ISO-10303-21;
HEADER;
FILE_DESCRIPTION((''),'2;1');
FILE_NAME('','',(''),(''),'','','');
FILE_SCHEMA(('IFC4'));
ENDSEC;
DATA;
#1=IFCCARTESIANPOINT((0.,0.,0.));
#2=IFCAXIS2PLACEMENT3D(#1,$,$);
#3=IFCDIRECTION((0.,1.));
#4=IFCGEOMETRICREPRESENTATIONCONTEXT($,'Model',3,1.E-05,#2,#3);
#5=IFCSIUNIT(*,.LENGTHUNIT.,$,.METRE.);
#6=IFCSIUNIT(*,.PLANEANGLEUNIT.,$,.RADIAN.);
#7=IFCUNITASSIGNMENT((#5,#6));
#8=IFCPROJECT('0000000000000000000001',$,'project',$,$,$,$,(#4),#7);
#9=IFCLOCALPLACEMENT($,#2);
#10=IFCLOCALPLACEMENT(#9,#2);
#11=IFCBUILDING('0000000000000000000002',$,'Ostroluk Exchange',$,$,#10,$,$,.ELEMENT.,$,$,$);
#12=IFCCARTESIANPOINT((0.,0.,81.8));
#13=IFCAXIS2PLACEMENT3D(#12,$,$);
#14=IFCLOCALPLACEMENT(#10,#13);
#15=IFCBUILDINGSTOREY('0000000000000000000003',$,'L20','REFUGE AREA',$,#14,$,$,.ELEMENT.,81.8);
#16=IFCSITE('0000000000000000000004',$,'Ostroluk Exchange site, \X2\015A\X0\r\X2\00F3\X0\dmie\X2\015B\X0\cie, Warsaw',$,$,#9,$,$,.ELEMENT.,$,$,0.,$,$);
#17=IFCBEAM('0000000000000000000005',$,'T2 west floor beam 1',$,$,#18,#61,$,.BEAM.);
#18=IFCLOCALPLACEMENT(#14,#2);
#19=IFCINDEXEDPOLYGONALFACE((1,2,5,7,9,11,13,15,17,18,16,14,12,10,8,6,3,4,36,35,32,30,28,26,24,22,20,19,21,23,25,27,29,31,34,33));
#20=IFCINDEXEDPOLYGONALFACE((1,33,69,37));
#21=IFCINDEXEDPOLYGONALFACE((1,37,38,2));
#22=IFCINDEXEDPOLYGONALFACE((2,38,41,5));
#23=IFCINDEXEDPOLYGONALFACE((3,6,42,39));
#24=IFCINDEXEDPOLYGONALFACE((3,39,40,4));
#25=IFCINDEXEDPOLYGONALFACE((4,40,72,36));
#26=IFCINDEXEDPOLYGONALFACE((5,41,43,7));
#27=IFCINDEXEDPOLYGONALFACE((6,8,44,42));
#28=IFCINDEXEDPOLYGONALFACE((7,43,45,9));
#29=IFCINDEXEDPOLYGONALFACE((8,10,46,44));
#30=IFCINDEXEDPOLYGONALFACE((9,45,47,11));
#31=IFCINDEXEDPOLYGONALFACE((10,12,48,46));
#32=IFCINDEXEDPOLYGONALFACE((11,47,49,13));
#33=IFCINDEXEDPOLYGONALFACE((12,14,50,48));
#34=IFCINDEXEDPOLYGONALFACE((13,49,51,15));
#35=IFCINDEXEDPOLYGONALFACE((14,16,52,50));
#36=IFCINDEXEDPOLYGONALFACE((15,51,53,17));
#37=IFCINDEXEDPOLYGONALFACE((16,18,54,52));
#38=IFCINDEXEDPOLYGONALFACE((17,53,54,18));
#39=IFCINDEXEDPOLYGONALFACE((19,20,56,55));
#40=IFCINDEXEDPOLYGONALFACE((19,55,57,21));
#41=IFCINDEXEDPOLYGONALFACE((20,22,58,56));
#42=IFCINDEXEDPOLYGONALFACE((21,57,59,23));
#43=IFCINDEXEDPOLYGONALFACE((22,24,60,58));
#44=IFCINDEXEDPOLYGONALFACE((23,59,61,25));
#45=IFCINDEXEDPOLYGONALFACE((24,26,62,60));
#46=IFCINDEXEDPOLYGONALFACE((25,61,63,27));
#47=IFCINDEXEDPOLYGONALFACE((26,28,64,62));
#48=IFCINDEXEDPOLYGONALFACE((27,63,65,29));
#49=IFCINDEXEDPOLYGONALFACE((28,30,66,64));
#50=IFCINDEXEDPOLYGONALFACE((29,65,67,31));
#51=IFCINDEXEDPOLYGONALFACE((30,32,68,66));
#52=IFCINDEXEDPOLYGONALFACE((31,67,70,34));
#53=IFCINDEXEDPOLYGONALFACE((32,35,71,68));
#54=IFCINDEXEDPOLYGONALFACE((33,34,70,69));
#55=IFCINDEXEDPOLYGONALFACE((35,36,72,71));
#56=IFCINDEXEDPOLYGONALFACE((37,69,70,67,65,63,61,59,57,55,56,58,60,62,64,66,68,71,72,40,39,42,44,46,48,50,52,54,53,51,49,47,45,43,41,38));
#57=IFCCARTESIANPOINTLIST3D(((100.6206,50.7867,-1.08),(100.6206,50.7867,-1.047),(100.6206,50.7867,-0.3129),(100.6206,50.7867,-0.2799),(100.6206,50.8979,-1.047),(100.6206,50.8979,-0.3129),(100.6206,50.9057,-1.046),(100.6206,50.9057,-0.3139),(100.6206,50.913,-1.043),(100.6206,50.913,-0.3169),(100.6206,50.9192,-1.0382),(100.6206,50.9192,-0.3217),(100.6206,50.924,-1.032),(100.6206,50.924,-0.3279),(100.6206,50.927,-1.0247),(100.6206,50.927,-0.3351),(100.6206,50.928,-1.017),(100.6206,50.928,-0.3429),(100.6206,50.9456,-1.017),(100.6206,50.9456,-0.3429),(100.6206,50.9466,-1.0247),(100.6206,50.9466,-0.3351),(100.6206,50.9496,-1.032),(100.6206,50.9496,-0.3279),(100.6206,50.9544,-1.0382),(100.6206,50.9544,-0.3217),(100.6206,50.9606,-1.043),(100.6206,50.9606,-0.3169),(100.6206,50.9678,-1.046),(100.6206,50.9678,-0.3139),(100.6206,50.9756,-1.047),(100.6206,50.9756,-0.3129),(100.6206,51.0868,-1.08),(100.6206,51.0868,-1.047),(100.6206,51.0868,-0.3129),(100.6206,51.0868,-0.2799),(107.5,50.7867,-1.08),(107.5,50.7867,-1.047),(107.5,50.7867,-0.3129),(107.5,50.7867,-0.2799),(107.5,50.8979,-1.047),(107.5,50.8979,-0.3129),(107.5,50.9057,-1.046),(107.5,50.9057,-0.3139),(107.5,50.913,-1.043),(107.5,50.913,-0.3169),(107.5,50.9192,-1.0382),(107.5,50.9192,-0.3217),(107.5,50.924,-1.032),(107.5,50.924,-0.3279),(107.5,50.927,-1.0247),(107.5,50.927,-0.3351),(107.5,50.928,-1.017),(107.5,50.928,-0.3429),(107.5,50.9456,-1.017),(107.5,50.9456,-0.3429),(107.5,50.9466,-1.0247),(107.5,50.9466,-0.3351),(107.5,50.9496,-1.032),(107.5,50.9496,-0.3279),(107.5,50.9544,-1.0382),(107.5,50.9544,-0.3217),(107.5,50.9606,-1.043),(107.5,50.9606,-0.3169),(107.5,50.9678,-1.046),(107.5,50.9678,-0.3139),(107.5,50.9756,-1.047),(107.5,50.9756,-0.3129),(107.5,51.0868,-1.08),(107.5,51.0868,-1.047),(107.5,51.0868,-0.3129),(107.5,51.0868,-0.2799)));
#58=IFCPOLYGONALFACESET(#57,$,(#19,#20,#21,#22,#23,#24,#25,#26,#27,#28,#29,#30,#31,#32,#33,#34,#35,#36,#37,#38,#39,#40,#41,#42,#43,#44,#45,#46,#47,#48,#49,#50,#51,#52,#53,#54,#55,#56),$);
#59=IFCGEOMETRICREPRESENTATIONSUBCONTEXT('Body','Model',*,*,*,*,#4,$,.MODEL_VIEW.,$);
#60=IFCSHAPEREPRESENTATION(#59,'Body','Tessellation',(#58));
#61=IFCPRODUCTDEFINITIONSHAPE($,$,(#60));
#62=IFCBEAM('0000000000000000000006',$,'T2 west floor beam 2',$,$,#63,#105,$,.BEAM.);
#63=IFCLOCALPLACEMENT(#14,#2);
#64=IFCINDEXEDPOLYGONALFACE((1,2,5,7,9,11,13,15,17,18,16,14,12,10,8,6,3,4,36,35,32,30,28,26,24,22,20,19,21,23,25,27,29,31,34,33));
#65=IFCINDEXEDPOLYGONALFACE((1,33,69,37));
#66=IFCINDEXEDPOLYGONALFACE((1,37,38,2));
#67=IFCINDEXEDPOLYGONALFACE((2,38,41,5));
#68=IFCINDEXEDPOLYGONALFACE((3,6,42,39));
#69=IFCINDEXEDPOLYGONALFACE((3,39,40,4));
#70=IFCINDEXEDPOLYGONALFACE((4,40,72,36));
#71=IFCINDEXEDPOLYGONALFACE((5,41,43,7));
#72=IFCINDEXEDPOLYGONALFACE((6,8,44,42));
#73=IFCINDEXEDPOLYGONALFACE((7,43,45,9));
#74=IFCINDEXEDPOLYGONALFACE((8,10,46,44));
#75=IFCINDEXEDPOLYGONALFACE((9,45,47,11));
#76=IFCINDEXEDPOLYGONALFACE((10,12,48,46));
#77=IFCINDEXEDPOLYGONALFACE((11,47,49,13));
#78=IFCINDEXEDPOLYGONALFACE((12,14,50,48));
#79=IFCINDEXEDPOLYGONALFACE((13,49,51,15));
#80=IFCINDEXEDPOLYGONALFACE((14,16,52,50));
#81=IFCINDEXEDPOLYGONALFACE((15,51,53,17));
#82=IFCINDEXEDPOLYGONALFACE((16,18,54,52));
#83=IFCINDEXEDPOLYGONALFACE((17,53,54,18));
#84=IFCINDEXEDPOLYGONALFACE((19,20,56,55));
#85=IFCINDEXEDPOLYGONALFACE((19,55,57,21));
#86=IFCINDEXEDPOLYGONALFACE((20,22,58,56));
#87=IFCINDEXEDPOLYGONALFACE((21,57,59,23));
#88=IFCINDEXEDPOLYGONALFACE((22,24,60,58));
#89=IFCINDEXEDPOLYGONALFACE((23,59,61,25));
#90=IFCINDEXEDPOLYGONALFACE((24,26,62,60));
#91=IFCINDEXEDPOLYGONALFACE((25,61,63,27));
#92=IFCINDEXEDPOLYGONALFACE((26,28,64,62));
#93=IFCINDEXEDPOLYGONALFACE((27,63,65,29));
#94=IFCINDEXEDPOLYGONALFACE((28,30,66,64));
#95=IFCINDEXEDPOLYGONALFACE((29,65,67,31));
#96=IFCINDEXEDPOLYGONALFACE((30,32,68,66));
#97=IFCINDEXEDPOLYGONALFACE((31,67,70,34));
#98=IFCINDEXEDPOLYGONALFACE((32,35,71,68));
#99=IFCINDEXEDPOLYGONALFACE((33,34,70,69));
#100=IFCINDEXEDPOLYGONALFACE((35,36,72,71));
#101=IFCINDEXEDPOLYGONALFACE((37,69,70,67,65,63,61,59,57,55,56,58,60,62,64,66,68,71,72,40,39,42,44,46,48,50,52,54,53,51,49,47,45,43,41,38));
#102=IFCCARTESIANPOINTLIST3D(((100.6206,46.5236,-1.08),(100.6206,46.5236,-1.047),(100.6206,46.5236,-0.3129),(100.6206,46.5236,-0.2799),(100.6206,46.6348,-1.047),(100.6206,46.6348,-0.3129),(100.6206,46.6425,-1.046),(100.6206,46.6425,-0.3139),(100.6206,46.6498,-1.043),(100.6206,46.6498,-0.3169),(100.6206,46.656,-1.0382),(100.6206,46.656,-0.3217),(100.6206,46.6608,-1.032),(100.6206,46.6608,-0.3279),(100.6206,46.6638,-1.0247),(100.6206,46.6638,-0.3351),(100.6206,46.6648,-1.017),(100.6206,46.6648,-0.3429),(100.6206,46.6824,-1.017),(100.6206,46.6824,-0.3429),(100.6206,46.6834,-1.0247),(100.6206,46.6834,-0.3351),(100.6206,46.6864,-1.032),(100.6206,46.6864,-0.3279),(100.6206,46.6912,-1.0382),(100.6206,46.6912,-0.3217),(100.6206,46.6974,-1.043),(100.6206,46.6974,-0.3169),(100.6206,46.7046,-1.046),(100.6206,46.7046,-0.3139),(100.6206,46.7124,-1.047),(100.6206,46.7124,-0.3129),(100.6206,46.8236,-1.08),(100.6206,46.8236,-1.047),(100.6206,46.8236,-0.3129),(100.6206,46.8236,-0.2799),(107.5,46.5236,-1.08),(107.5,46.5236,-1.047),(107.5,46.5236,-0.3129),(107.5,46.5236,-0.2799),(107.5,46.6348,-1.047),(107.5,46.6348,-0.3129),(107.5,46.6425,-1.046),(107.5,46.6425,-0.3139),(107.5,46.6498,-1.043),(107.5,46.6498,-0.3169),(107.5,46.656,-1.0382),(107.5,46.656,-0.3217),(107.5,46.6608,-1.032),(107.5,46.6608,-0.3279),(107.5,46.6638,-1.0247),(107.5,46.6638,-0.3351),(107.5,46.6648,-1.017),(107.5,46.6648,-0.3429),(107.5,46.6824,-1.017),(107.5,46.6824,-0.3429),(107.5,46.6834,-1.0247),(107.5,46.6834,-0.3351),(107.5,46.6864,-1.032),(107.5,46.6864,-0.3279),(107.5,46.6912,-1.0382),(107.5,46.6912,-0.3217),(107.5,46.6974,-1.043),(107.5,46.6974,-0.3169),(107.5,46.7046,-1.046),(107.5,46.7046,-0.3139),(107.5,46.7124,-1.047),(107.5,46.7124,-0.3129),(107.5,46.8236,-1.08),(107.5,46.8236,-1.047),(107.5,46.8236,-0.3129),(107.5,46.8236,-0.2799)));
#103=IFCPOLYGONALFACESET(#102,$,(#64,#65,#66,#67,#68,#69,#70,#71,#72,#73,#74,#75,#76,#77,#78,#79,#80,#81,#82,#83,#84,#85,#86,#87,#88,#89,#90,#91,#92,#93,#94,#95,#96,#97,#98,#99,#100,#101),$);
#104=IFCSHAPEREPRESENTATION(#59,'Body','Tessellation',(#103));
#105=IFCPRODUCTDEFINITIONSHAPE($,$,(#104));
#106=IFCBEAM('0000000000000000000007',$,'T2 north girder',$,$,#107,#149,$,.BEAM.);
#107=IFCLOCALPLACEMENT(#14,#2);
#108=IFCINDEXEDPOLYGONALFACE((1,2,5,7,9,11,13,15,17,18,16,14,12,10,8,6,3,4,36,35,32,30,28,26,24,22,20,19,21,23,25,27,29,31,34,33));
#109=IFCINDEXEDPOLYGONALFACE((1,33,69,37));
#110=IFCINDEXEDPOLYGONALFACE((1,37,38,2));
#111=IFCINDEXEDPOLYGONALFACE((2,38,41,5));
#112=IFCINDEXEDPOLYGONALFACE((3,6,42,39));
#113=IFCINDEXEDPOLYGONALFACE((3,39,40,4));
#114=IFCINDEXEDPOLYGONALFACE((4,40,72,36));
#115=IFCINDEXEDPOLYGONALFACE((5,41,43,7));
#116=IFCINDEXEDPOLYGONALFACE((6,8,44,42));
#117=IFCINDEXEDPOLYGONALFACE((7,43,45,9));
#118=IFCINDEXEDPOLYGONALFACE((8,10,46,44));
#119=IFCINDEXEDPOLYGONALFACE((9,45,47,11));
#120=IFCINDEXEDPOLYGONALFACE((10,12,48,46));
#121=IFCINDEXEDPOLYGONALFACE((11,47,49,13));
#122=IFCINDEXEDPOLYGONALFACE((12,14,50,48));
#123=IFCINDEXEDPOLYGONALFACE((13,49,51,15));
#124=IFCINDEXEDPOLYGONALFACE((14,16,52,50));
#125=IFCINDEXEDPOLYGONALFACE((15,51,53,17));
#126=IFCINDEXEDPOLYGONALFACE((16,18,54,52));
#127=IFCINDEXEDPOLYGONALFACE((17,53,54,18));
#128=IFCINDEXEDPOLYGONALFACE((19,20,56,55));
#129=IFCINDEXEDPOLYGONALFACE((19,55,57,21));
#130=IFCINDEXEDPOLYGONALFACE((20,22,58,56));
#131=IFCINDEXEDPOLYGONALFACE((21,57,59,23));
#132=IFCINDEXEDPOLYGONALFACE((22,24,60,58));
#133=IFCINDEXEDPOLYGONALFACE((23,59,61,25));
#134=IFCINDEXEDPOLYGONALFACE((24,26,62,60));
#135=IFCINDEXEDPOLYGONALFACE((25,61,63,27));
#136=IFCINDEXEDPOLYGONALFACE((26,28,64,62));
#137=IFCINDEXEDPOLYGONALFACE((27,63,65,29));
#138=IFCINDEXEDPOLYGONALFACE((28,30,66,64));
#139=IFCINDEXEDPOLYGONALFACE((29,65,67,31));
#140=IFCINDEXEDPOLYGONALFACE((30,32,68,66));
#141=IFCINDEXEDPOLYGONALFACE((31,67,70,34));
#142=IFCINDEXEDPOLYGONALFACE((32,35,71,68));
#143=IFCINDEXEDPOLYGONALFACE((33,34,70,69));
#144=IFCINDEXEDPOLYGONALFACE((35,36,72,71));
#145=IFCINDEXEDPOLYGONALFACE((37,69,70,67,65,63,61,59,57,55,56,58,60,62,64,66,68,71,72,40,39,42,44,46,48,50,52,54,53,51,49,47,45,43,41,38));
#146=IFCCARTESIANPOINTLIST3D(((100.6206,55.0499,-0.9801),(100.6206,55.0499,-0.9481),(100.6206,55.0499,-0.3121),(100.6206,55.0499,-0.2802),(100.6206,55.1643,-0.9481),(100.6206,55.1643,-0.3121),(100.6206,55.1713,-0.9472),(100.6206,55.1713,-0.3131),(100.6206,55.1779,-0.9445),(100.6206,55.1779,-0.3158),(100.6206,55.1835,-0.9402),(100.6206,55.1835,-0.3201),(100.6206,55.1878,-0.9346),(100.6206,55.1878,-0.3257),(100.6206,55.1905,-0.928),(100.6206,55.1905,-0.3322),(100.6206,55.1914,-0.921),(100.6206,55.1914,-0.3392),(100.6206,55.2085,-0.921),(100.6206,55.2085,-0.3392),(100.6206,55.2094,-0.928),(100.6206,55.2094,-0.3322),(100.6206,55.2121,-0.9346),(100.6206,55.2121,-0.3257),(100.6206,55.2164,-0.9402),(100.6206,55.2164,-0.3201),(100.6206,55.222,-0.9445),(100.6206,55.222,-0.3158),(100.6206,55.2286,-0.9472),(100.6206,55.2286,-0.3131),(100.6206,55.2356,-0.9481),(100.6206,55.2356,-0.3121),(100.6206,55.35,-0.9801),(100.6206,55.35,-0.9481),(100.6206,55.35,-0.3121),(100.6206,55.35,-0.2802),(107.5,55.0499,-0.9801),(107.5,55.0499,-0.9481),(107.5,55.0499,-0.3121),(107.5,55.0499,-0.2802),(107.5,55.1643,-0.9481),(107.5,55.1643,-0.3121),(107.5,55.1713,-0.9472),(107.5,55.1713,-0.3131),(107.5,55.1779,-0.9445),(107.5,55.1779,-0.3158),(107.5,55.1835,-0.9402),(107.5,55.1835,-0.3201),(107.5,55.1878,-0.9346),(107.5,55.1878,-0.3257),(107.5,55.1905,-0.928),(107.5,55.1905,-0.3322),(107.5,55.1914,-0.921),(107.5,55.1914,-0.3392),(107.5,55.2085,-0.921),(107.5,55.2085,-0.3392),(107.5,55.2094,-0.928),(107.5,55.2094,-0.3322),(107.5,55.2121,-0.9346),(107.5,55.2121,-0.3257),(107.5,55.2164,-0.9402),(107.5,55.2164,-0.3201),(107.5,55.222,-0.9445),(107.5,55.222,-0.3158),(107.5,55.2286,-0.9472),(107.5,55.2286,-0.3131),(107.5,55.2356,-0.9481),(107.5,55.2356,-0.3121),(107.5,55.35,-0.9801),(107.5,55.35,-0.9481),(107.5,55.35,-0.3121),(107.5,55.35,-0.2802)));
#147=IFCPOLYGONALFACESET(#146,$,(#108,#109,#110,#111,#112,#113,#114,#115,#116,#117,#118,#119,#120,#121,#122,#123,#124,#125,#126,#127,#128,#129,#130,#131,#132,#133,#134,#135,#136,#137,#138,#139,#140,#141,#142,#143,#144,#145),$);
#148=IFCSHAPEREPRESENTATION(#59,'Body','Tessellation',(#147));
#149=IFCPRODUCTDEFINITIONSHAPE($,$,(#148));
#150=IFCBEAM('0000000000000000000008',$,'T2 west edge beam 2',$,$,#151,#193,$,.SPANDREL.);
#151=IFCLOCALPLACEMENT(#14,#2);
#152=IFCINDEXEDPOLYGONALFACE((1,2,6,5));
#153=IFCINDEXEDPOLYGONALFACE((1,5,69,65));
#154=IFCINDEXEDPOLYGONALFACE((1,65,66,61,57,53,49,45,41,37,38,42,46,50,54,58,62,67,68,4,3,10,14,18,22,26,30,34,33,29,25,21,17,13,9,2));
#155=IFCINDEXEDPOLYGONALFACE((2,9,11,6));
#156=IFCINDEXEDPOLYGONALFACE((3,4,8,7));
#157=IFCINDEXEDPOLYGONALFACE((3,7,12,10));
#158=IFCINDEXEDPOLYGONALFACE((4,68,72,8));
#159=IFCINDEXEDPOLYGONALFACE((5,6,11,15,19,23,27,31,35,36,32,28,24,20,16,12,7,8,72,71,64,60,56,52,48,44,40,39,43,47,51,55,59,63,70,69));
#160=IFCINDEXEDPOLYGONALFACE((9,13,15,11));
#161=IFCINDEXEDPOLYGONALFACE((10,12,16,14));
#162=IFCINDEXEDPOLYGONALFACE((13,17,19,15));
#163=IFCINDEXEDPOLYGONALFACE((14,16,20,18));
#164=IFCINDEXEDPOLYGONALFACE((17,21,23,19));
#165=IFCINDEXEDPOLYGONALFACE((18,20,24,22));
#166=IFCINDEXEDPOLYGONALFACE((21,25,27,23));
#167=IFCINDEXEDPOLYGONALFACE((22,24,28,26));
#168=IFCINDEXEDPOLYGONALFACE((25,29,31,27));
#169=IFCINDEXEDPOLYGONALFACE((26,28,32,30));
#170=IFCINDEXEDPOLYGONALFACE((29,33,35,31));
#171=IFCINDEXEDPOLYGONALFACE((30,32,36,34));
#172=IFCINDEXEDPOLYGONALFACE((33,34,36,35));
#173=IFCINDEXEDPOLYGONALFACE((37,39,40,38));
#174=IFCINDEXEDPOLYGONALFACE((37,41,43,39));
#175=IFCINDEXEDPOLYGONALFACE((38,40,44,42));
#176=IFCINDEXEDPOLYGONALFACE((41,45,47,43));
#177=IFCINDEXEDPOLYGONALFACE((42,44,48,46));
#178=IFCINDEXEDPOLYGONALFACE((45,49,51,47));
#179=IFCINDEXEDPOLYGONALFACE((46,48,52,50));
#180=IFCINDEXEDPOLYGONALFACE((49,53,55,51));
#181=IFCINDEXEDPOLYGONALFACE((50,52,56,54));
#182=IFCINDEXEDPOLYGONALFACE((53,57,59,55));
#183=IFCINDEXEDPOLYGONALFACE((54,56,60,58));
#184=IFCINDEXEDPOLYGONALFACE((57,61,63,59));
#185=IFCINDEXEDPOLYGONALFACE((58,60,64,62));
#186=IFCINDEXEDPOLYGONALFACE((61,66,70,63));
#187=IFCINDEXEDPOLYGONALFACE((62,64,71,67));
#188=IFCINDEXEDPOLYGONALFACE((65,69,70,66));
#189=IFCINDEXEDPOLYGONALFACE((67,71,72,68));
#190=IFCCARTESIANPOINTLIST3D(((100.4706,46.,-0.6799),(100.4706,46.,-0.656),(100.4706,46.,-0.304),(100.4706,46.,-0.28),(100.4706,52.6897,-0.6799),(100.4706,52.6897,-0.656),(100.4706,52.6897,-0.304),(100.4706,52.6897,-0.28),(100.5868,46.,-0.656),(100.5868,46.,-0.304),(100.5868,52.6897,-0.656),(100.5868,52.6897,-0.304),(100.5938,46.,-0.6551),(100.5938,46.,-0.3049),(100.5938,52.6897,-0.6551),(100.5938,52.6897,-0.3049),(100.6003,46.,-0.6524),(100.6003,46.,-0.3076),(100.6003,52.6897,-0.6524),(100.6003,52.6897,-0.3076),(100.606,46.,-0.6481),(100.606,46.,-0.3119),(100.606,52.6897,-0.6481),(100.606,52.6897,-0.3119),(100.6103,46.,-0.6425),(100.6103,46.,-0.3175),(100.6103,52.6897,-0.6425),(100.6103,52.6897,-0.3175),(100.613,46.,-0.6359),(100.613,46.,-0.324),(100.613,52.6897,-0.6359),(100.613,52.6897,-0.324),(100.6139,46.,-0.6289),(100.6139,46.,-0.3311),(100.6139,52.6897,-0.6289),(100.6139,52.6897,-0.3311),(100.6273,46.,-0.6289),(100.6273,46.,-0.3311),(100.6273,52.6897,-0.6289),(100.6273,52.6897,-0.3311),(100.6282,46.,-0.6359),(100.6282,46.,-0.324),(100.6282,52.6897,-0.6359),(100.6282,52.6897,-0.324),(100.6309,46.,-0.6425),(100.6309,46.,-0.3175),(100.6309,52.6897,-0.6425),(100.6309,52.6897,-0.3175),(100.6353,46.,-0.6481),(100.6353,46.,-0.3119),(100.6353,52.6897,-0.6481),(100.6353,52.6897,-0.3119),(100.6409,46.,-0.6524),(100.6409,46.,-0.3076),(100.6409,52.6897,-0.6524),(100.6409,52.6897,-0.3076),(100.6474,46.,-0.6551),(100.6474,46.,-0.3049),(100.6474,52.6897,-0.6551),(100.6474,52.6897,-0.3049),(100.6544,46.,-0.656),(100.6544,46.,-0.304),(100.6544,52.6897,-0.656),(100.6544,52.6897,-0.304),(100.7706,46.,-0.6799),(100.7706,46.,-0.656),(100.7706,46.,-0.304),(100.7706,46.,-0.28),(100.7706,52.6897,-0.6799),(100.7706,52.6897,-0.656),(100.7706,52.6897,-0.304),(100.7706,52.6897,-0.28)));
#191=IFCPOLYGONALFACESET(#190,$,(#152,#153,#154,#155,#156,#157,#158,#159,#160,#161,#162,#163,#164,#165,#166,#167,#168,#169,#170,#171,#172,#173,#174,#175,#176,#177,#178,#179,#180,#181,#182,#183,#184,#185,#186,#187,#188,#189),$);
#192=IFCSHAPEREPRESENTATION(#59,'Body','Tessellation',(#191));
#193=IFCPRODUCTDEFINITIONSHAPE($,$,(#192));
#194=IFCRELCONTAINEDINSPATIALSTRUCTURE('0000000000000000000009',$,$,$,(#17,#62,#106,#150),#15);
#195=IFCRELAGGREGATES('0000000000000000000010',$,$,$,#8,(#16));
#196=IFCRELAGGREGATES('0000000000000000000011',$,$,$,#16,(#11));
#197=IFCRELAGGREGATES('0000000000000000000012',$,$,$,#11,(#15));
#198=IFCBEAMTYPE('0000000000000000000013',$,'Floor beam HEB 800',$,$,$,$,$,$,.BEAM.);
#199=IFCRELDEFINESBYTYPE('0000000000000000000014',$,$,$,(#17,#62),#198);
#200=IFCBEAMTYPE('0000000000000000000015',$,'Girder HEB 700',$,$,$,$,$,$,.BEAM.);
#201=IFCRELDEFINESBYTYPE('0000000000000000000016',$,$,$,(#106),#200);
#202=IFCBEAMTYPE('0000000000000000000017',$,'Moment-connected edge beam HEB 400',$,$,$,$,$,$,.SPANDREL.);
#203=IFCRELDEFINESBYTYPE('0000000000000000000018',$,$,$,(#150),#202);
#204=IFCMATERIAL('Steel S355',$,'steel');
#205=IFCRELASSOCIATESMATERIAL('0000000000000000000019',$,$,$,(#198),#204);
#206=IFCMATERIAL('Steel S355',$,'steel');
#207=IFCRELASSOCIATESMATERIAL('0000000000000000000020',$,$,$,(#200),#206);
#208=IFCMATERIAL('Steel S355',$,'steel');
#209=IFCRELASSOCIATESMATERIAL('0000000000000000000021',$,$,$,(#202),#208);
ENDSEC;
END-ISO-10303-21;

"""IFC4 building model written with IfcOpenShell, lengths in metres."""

from ifc_helpers import new_model, si_unit, direction, frame, origin, origin_2d, place, context, subcontext, project, spatial, i_section, extrude, material, material_profile, profile_set, type_object, element, save


model = new_model("IFC4")

# Units and contexts
model_context = context("Model", 3, precision=1e-05, world=origin(), true_north=direction((0.0, 1.0)))
body_context = subcontext(model_context, "Body", "Model", "MODEL_VIEW")
ifc_project = project(units=[si_unit("LENGTHUNIT", "METRE"), si_unit("PLANEANGLEUNIT", "RADIAN")], contexts=[model_context])

# Site, building, storey
site_placement = place(None, origin())
site = spatial("IfcSite", under=ifc_project, at=site_placement, Name="Ostroluk Exchange site, Śródmieście, Warsaw", CompositionType="ELEMENT", RefElevation=0.0)
building_placement = place(site_placement, origin())
building = spatial("IfcBuilding", under=site, at=building_placement, Name="Ostroluk Exchange", CompositionType="ELEMENT")
storey_placement = place(building_placement, frame((0.0, 0.0, 81.8)))
storey = spatial("IfcBuildingStorey", under=building, at=storey_placement, Name="L20", Description="REFUGE AREA", CompositionType="ELEMENT", Elevation=81.8)

# Beams
ifc_material_1 = material(Name="Steel S355", Category="steel")
ifc_material_profile_1 = material_profile(ifc_material_1, i_section(OverallWidth=0.3, OverallDepth=0.8, WebThickness=0.0176, FlangeThickness=0.033, FilletRadius=0.03, at=origin_2d()), Name="HEB 800")
ifc_profile_set_1 = profile_set([ifc_material_profile_1], Name="Steel S355")
beam_type_1 = type_object("IfcBeamType", Name="Floor beam HEB 800", PredefinedType="BEAM", material=ifc_profile_set_1)
for number, where, z_axis, x_axis, name in (
    (1, (107.5, 50.9368, -0.6799), (-1.0, 0.0, 0.0), (0.0, -1.0, 0.0), "T2 west floor beam 1"),
    (2, (107.5, 46.6736, -0.6799), (-1.0, 0.0, 0.0), (0.0, -1.0, 0.0), "T2 west floor beam 2"),
):
    element("IfcBeam", number, at=place(storey_placement, frame(where, z_axis=z_axis, x_axis=x_axis)), inside=storey, type_object=beam_type_1, Name=name, PredefinedType="BEAM", context=body_context, shape_type="SweptSolid", body=[
        extrude(i_section(OverallWidth=0.3, OverallDepth=0.8, WebThickness=0.0176, FlangeThickness=0.033, FilletRadius=0.03, at=origin_2d()), origin(), (0.0, 0.0, 1.0), 6.8794),
    ])
ifc_material_2 = material(Name="Steel S355", Category="steel")
ifc_material_profile_2 = material_profile(ifc_material_2, i_section(OverallWidth=0.3, OverallDepth=0.7, WebThickness=0.0171, FlangeThickness=0.032, FilletRadius=0.0271, at=origin_2d()), Name="HEB 700")
ifc_profile_set_2 = profile_set([ifc_material_profile_2], Name="Steel S355")
beam_type_2 = type_object("IfcBeamType", Name="Girder HEB 700", PredefinedType="BEAM", material=ifc_profile_set_2)
beam_1_placement = place(storey_placement, frame((107.5, 55.2, -0.6301), z_axis=(-1.0, 0.0, 0.0), x_axis=(0.0, -1.0, 0.0)))
element("IfcBeam", 3, at=beam_1_placement, inside=storey, type_object=beam_type_2, Name="T2 north girder", PredefinedType="BEAM", context=body_context, shape_type="SweptSolid", body=[
    extrude(i_section(OverallWidth=0.3, OverallDepth=0.7, WebThickness=0.0171, FlangeThickness=0.032, FilletRadius=0.0271, at=origin_2d()), origin(), (0.0, 0.0, 1.0), 6.8794),
])
ifc_material_3 = material(Name="Steel S355", Category="steel")
ifc_material_profile_3 = material_profile(ifc_material_3, i_section(OverallWidth=0.3, OverallDepth=0.3999, WebThickness=0.0134, FlangeThickness=0.0239, FilletRadius=0.0271, at=origin_2d()), Name="HEB 400")
ifc_profile_set_3 = profile_set([ifc_material_profile_3], Name="Steel S355")
beam_type_3 = type_object("IfcBeamType", Name="Moment-connected edge beam HEB 400", PredefinedType="SPANDREL", material=ifc_profile_set_3)
for number, where, z_axis, x_axis, name in (
    (4, (100.6206, 52.6897, -0.48), (0.0, -1.0, 0.0), (1.0, 0.0, 0.0), "T2 west edge beam 2"),
):
    element("IfcBeam", number, at=place(storey_placement, frame(where, z_axis=z_axis, x_axis=x_axis)), inside=storey, type_object=beam_type_3, Name=name, PredefinedType="SPANDREL", context=body_context, shape_type="SweptSolid", body=[
        extrude(i_section(OverallWidth=0.3, OverallDepth=0.3999, WebThickness=0.0134, FlangeThickness=0.0239, FilletRadius=0.0271, at=origin_2d()), origin(), (0.0, 0.0, 1.0), 6.6897),
    ])

save(model, "model.ifc")
